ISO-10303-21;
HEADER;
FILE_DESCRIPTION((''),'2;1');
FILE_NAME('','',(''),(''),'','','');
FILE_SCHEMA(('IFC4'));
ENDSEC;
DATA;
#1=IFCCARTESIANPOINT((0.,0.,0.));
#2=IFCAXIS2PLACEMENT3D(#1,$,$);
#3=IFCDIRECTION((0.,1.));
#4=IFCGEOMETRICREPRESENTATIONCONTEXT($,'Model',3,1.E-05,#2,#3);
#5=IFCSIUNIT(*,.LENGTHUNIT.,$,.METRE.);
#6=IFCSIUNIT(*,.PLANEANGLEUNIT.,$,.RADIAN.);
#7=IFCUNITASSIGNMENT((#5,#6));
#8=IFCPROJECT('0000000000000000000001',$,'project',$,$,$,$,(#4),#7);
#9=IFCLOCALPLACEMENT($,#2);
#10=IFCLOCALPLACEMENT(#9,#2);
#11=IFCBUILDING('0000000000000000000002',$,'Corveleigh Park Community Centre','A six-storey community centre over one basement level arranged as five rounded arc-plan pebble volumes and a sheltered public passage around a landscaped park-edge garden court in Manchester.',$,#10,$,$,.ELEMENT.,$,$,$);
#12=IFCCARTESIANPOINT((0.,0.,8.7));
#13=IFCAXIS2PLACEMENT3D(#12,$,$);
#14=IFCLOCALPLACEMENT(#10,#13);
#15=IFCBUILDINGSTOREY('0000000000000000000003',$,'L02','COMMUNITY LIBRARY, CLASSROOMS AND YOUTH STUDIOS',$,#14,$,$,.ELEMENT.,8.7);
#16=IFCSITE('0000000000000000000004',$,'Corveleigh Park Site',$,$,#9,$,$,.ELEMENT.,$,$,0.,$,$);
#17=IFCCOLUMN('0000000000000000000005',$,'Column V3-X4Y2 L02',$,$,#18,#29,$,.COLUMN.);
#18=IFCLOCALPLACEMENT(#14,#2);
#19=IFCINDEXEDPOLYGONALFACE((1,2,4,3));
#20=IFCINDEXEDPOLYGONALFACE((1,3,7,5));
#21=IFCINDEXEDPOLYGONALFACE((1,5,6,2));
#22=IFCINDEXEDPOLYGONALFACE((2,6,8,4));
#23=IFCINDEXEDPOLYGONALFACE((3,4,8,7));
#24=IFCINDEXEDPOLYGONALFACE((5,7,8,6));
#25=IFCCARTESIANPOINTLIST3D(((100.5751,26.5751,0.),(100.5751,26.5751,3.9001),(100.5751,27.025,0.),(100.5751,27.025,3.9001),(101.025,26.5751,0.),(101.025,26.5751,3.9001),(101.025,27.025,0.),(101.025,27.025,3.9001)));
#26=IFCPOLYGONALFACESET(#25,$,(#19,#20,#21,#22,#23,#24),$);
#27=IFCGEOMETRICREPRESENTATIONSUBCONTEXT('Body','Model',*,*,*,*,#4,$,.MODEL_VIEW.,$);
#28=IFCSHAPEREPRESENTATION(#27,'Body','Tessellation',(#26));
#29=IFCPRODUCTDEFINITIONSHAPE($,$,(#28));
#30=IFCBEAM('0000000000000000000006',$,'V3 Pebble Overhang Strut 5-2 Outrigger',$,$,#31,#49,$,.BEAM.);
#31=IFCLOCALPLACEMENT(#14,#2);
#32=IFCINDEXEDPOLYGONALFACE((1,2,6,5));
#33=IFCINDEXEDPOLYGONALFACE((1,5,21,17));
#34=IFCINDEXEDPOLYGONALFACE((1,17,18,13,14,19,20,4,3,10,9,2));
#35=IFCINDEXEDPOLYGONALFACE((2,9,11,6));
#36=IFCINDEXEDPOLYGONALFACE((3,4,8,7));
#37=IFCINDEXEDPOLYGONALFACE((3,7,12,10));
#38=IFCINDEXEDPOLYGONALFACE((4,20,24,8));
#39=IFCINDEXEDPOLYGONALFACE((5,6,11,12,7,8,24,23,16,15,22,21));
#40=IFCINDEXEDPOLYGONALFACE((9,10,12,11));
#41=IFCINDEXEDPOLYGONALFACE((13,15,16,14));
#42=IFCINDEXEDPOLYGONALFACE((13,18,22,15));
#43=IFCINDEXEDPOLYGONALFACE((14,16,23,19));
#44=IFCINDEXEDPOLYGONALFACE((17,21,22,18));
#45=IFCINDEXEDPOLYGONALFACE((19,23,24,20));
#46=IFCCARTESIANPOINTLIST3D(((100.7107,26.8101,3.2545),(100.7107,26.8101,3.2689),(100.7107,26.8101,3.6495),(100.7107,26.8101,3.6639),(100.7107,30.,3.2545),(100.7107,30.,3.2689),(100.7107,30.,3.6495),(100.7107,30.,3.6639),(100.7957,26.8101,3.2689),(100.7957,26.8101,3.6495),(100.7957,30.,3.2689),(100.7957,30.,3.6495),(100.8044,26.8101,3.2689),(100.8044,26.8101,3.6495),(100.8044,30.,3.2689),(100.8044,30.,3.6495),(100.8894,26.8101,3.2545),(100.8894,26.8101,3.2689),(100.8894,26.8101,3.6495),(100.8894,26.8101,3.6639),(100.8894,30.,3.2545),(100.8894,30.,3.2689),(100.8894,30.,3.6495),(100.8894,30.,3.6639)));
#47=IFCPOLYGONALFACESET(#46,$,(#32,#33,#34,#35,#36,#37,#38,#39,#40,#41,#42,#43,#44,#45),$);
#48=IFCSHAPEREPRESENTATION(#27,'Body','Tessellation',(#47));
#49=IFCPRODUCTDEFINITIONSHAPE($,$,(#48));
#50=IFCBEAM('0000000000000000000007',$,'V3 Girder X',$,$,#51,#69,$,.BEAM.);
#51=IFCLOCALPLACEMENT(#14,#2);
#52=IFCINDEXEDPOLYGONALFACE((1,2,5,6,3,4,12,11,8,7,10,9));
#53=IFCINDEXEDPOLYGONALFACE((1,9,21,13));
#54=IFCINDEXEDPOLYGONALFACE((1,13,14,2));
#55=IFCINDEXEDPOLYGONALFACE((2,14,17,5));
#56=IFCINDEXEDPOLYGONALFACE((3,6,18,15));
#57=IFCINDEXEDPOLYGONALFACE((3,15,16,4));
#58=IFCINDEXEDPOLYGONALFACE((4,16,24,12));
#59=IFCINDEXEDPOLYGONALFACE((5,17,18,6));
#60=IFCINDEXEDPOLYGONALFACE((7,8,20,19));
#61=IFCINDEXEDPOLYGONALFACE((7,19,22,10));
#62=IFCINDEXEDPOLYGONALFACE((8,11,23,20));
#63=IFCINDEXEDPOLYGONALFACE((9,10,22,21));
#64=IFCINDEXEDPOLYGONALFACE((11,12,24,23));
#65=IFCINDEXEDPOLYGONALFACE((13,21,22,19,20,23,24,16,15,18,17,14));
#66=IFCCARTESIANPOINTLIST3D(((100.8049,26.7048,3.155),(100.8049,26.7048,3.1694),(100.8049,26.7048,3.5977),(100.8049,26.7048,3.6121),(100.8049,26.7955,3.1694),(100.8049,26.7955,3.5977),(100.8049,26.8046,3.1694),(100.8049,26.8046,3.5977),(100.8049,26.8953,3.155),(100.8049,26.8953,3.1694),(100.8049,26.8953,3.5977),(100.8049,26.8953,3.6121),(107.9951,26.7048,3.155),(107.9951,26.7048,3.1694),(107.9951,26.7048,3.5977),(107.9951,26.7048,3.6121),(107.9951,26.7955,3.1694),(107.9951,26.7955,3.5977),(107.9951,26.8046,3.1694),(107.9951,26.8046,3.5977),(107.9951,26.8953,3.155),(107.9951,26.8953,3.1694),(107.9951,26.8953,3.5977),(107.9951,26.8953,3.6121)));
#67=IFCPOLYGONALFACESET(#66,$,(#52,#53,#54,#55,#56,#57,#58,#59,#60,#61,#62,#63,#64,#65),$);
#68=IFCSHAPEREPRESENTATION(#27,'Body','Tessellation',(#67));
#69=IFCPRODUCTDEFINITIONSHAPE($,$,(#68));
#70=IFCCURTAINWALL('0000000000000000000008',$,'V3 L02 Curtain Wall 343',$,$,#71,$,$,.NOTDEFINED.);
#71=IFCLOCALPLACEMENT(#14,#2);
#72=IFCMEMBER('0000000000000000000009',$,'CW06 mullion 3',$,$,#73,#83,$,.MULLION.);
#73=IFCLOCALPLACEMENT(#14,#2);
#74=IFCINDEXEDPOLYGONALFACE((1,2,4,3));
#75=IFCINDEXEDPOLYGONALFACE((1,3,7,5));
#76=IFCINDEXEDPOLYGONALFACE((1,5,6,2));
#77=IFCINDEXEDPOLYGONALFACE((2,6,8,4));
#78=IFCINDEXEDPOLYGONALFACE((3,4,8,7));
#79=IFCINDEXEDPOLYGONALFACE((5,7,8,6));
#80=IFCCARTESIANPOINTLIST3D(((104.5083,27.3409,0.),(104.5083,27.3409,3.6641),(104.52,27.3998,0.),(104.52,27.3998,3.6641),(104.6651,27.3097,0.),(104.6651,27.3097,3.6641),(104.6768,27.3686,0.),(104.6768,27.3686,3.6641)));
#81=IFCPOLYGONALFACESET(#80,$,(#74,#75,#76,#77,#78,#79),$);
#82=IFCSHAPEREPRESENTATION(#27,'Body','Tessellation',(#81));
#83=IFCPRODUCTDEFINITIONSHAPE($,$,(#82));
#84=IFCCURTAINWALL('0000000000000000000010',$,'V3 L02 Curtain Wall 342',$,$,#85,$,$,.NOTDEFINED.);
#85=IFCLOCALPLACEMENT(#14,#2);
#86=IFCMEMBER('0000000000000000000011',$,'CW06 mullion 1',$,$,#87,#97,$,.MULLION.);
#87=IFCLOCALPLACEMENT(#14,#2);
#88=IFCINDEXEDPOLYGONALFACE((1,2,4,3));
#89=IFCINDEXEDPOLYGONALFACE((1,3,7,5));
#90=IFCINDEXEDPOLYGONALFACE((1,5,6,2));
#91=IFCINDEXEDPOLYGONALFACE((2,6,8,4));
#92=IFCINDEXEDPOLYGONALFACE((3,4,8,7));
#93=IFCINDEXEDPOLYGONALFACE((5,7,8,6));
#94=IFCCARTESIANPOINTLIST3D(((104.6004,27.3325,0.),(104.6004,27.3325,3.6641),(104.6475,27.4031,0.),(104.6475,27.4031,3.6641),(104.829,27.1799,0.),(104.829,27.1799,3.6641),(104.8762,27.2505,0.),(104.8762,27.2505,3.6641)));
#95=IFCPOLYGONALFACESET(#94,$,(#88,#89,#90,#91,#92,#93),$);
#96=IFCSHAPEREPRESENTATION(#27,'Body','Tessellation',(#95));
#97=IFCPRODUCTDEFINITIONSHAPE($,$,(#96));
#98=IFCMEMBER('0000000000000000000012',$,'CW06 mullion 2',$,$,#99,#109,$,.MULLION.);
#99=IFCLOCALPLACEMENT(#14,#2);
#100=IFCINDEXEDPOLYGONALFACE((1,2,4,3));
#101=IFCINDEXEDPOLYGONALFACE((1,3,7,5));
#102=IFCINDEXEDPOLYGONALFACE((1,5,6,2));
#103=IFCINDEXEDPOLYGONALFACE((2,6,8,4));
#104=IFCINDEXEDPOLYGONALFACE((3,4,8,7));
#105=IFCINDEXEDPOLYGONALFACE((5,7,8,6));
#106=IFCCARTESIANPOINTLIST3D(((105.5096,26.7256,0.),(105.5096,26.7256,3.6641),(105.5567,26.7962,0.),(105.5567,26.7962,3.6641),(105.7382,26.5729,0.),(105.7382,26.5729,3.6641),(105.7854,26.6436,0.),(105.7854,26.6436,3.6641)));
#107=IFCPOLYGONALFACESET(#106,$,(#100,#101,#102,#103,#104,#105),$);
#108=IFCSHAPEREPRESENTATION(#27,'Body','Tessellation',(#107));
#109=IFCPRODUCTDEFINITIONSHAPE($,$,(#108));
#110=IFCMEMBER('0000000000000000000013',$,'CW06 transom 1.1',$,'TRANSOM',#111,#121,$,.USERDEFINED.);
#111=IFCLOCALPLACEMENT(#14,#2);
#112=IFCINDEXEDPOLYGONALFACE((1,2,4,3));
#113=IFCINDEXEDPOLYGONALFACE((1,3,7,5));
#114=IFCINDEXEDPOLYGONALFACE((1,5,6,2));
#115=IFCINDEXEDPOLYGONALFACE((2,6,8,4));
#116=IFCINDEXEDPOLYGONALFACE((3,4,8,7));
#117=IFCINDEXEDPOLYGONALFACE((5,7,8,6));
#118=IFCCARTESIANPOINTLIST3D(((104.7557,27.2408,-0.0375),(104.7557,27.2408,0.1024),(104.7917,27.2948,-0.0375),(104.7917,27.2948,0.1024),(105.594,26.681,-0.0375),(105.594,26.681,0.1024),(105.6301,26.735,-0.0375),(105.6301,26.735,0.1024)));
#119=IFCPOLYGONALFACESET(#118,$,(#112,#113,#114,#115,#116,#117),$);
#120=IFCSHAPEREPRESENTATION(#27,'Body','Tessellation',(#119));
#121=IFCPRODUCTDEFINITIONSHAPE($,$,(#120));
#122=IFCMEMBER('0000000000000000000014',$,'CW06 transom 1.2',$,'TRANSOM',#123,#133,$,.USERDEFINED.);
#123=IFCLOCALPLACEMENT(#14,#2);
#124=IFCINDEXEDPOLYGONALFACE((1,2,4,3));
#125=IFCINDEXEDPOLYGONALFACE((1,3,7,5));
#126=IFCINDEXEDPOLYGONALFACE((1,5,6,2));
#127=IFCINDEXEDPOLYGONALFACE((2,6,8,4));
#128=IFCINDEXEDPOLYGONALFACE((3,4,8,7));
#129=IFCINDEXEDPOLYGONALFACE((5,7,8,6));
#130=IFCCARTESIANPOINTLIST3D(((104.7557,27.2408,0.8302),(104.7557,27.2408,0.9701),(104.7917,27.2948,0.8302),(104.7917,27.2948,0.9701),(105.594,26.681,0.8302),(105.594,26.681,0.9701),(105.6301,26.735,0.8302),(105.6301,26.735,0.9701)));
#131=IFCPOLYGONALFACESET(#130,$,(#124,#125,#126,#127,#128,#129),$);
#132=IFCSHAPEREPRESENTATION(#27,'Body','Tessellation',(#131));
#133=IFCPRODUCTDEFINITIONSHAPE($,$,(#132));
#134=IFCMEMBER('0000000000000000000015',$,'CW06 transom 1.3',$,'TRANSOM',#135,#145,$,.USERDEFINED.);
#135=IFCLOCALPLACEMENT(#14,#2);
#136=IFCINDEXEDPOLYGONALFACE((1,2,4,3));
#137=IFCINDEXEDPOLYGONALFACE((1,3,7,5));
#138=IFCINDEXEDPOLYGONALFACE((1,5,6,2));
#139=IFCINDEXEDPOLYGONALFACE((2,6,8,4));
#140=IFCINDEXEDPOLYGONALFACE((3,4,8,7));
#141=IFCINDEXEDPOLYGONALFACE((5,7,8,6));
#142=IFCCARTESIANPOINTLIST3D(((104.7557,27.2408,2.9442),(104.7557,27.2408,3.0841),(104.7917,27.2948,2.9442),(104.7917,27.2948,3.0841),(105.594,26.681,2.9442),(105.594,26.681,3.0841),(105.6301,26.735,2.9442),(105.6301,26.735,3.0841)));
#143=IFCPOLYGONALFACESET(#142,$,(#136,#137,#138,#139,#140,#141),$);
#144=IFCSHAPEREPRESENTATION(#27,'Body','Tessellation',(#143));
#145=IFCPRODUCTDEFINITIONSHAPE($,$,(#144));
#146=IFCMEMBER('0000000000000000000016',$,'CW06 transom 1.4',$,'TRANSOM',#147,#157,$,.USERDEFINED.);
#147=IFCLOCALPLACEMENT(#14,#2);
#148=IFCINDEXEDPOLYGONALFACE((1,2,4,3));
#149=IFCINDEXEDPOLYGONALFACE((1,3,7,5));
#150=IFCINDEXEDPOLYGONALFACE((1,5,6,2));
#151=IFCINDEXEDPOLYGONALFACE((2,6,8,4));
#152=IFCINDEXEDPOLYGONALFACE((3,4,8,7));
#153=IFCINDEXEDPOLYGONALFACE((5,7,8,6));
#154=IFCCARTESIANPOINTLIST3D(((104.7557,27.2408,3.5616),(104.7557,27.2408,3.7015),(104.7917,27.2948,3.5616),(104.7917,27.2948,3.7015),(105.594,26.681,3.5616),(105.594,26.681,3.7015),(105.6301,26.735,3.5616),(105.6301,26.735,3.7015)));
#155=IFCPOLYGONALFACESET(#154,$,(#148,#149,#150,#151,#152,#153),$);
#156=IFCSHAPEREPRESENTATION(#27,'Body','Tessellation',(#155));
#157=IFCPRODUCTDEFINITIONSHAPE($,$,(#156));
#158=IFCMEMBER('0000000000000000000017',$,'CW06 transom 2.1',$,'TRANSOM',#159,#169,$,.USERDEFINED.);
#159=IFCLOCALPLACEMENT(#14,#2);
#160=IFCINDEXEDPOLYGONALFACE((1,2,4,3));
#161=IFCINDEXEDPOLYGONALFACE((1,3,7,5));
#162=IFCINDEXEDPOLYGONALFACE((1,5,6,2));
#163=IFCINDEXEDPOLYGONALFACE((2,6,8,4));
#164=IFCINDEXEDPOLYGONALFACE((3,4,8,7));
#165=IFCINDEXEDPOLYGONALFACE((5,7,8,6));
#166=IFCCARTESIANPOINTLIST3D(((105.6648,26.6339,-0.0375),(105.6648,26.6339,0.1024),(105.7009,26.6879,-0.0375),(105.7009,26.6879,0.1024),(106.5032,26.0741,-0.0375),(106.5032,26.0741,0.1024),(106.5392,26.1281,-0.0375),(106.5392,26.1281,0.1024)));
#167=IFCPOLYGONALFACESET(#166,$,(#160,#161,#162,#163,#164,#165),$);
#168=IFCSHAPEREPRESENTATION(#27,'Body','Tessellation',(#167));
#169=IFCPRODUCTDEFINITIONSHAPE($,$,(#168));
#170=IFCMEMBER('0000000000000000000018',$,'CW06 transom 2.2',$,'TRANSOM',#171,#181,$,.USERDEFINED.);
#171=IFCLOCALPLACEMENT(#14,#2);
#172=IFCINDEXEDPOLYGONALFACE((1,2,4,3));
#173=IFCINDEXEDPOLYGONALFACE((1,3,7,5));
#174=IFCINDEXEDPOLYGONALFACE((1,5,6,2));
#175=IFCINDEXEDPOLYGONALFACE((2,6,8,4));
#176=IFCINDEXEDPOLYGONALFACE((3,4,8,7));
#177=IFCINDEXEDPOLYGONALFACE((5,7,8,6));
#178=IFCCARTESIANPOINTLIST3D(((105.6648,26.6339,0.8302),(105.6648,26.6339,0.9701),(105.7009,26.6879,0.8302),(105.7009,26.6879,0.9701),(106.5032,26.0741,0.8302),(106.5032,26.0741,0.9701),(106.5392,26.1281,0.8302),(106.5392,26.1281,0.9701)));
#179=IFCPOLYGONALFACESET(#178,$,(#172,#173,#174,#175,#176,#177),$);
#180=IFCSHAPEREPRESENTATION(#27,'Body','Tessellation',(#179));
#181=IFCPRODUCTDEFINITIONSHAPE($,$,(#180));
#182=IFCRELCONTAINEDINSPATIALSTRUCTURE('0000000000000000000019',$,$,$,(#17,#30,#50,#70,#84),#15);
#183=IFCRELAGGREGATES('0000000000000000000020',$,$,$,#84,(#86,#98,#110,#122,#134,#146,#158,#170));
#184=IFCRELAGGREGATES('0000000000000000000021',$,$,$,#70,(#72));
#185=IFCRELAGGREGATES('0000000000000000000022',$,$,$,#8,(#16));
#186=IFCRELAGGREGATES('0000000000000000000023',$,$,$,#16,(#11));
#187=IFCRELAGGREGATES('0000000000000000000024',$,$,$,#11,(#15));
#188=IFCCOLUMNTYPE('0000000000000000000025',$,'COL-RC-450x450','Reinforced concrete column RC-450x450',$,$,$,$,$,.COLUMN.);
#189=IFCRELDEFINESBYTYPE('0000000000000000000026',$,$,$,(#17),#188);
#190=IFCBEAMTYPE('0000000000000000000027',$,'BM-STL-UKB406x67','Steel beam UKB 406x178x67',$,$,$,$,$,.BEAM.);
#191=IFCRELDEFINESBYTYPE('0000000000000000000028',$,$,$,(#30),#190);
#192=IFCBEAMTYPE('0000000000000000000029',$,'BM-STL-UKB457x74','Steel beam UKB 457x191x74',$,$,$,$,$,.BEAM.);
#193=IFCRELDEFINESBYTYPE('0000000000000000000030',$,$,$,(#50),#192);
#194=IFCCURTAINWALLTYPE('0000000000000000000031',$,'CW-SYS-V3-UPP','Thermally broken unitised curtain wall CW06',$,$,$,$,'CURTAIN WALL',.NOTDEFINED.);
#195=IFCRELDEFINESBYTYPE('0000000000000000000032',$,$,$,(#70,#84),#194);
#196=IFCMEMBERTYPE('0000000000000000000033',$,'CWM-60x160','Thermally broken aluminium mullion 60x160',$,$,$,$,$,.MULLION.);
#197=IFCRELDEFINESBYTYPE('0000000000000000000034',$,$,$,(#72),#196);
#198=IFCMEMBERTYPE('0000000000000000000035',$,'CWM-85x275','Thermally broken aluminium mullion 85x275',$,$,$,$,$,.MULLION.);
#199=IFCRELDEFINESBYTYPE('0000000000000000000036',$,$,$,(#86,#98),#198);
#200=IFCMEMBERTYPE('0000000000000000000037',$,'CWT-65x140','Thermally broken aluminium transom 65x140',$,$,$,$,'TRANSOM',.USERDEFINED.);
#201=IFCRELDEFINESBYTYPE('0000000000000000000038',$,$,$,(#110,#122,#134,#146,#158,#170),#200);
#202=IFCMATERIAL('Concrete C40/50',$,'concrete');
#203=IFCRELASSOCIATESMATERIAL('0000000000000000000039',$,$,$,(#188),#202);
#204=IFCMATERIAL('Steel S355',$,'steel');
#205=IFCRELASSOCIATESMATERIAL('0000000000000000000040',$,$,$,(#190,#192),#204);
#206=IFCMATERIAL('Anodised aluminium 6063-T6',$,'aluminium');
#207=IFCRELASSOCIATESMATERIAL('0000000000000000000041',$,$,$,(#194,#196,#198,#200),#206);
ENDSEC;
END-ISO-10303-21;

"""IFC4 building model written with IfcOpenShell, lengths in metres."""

from ifc_helpers import new_model, si_unit, direction, frame, origin, origin_2d, place, context, subcontext, project, spatial, rectangle, i_section, extrude, material, material_profile, profile_set, type_object, element, aggregate, save


model = new_model("IFC4")

# Units and contexts
model_context = context("Model", 3, precision=1e-05, world=origin(), true_north=direction((0.0, 1.0)))
body_context = subcontext(model_context, "Body", "Model", "MODEL_VIEW")
ifc_project = project(units=[si_unit("LENGTHUNIT", "METRE"), si_unit("PLANEANGLEUNIT", "RADIAN")], contexts=[model_context])

# Site, building, storey
site_placement = place(None, origin())
site = spatial("IfcSite", under=ifc_project, at=site_placement, Name="Corveleigh Park Site", CompositionType="ELEMENT", RefElevation=0.0)
building_placement = place(site_placement, origin())
building = spatial("IfcBuilding", under=site, at=building_placement, Name="Corveleigh Park Community Centre", Description="A six-storey community centre over one basement level arranged as five rounded arc-plan pebble volumes and a sheltered public passage around a landscaped park-edge garden court in Manchester.", CompositionType="ELEMENT")
storey_placement = place(building_placement, frame((0.0, 0.0, 8.7)))
storey = spatial("IfcBuildingStorey", under=building, at=storey_placement, Name="L02", Description="COMMUNITY LIBRARY, CLASSROOMS AND YOUTH STUDIOS", CompositionType="ELEMENT", Elevation=8.7)

# Column
ifc_material_1 = material(Name="Concrete C40/50", Category="concrete")
ifc_material_profile_1 = material_profile(ifc_material_1, rectangle(XDim=0.45, YDim=0.45, at=origin_2d()), Name="RC-450x450", Category="concrete")
ifc_profile_set_1 = profile_set([ifc_material_profile_1], Name="Concrete C40/50")
column_type = type_object("IfcColumnType", Name="COL-RC-450x450", Description="Reinforced concrete column RC-450x450", PredefinedType="COLUMN", material=ifc_profile_set_1)
column_placement = place(storey_placement, frame((100.8, 26.8, 0.0), z_axis=(0.0, 0.0, 1.0), x_axis=(1.0, 0.0, 0.0)))
element("IfcColumn", 1, at=column_placement, inside=storey, type_object=column_type, Name="Column V3-X4Y2 L02", PredefinedType="COLUMN", context=body_context, shape_type="SweptSolid", body=[
    extrude(rectangle(XDim=0.45, YDim=0.45, at=origin_2d()), origin(), (0.0, 0.0, 1.0), 3.9001),
])

# Beams
ifc_material_2 = material(Name="Steel S355", Category="steel")
ifc_material_profile_2 = material_profile(ifc_material_2, i_section(OverallWidth=0.1787, OverallDepth=0.4094, WebThickness=0.0088, FlangeThickness=0.0144, at=origin_2d()), Name="UKB 406x178x67", Category="steel")
ifc_profile_set_2 = profile_set([ifc_material_profile_2], Name="Steel S355")
beam_type_1 = type_object("IfcBeamType", Name="BM-STL-UKB406x67", Description="Steel beam UKB 406x178x67", PredefinedType="BEAM", material=ifc_profile_set_2)
beam_1_placement = place(storey_placement, frame((100.8, 26.8101, 3.4592), z_axis=(0.0, 1.0, 0.0), x_axis=(-1.0, 0.0, 0.0)))
element("IfcBeam", 2, at=beam_1_placement, inside=storey, type_object=beam_type_1, Name="V3 Pebble Overhang Strut 5-2 Outrigger", PredefinedType="BEAM", context=body_context, shape_type="SweptSolid", body=[
    extrude(i_section(OverallWidth=0.1787, OverallDepth=0.4094, WebThickness=0.0088, FlangeThickness=0.0144, at=origin_2d()), origin(), (0.0, 0.0, 1.0), 3.1899),
])
ifc_material_profile_3 = material_profile(ifc_material_2, i_section(OverallWidth=0.1904, OverallDepth=0.457, WebThickness=0.009, FlangeThickness=0.0144, at=origin_2d()), Name="UKB 457x191x74", Category="steel")
ifc_profile_set_3 = profile_set([ifc_material_profile_3], Name="Steel S355")
beam_type_2 = type_object("IfcBeamType", Name="BM-STL-UKB457x74", Description="Steel beam UKB 457x191x74", PredefinedType="BEAM", material=ifc_profile_set_3)
beam_2_placement = place(storey_placement, frame((100.8049, 26.8, 3.3835), z_axis=(1.0, 0.0, 0.0), x_axis=(0.0, 1.0, 0.0)))
element("IfcBeam", 3, at=beam_2_placement, inside=storey, type_object=beam_type_2, Name="V3 Girder X", PredefinedType="BEAM", context=body_context, shape_type="SweptSolid", body=[
    extrude(i_section(OverallWidth=0.1904, OverallDepth=0.457, WebThickness=0.009, FlangeThickness=0.0144, at=origin_2d()), origin(), (0.0, 0.0, 1.0), 7.1902),
])

# Curtain wall, member
ifc_material_3 = material(Name="Anodised aluminium 6063-T6", Category="aluminium")
curtain_wall_type = type_object("IfcCurtainWallType", Name="CW-SYS-V3-UPP", Description="Thermally broken unitised curtain wall CW06", ElementType="CURTAIN WALL", PredefinedType="NOTDEFINED", material=ifc_material_3)
curtain_wall_1_placement = place(storey_placement, origin())
curtain_wall_1 = element("IfcCurtainWall", 4, at=curtain_wall_1_placement, inside=storey, type_object=curtain_wall_type, Name="V3 L02 Curtain Wall 343", PredefinedType="NOTDEFINED")
ifc_material_profile_4 = material_profile(ifc_material_3, rectangle(XDim=0.0601, YDim=0.1599, at=origin_2d()), Name="ALU-M60x160", Category="aluminium")
ifc_profile_set_4 = profile_set([ifc_material_profile_4], Name="Anodised aluminium 6063-T6")
member_type_1 = type_object("IfcMemberType", Name="CWM-60x160", Description="Thermally broken aluminium mullion 60x160", PredefinedType="MULLION", material=ifc_profile_set_4)
member_1_placement = place(storey_placement, frame((104.5925, 27.3547, 0.0), z_axis=(0.0, 0.0, 1.0), x_axis=(0.194947, 0.980814, 0.0)))
member_1 = element("IfcMember", 5, at=member_1_placement, type_object=member_type_1, Name="CW06 mullion 3", PredefinedType="MULLION", context=body_context, shape_type="SweptSolid", body=[
    extrude(rectangle(XDim=0.0601, YDim=0.1599, at=origin_2d()), origin(), (0.0, 0.0, 1.0), 3.6641),
])

# Curtain wall, members
curtain_wall_2_placement = place(storey_placement, origin())
curtain_wall_2 = element("IfcCurtainWall", 6, at=curtain_wall_2_placement, inside=storey, type_object=curtain_wall_type, Name="V3 L02 Curtain Wall 342", PredefinedType="NOTDEFINED")
ifc_material_profile_5 = material_profile(ifc_material_3, rectangle(XDim=0.085, YDim=0.2749, at=origin_2d()), Name="ALU-M85x275", Category="aluminium")
ifc_profile_set_5 = profile_set([ifc_material_profile_5], Name="Anodised aluminium 6063-T6")
member_type_2 = type_object("IfcMemberType", Name="CWM-85x275", Description="Thermally broken aluminium mullion 85x275", PredefinedType="MULLION", material=ifc_profile_set_5)
member_2_placement = place(storey_placement, frame((104.7383, 27.2915, 0.0), z_axis=(0.0, 0.0, 1.0), x_axis=(0.555208, 0.831711, 0.0)))
member_2 = element("IfcMember", 7, at=member_2_placement, type_object=member_type_2, Name="CW06 mullion 1", PredefinedType="MULLION", context=body_context, shape_type="SweptSolid", body=[
    extrude(rectangle(XDim=0.085, YDim=0.2749, at=origin_2d()), origin(), (0.0, 0.0, 1.0), 3.6641),
])
member_3_placement = place(storey_placement, frame((105.6475, 26.6846, 0.0), z_axis=(0.0, 0.0, 1.0), x_axis=(0.555208, 0.831711, 0.0)))
member_3 = element("IfcMember", 8, at=member_3_placement, type_object=member_type_2, Name="CW06 mullion 2", PredefinedType="MULLION", context=body_context, shape_type="SweptSolid", body=[
    extrude(rectangle(XDim=0.085, YDim=0.2749, at=origin_2d()), origin(), (0.0, 0.0, 1.0), 3.6641),
])
ifc_material_profile_6 = material_profile(ifc_material_3, rectangle(XDim=0.0649, YDim=0.1399, at=origin_2d()), Name="ALU-T65x140", Category="aluminium")
ifc_profile_set_6 = profile_set([ifc_material_profile_6], Name="Anodised aluminium 6063-T6")
member_type_3 = type_object("IfcMemberType", Name="CWT-65x140", Description="Thermally broken aluminium transom 65x140", ElementType="TRANSOM", PredefinedType="USERDEFINED", material=ifc_profile_set_6)
member_4_placement = place(storey_placement, frame((104.7737, 27.2678, 0.0325), z_axis=(0.83164, -0.555315, 0.0), x_axis=(0.555315, 0.83164, 0.0)))
member_4 = element("IfcMember", 9, at=member_4_placement, type_object=member_type_3, Name="CW06 transom 1.1", ObjectType="TRANSOM", PredefinedType="USERDEFINED", context=body_context, shape_type="SweptSolid", body=[
    extrude(rectangle(XDim=0.0649, YDim=0.1399, at=origin_2d()), origin(), (0.0, 0.0, 1.0), 1.0081),
])
member_5_placement = place(storey_placement, frame((104.7737, 27.2678, 0.9001), z_axis=(0.83164, -0.555315, 0.0), x_axis=(0.555315, 0.83164, 0.0)))
member_5 = element("IfcMember", 10, at=member_5_placement, type_object=member_type_3, Name="CW06 transom 1.2", ObjectType="TRANSOM", PredefinedType="USERDEFINED", context=body_context, shape_type="SweptSolid", body=[
    extrude(rectangle(XDim=0.0649, YDim=0.1399, at=origin_2d()), origin(), (0.0, 0.0, 1.0), 1.0081),
])
member_6_placement = place(storey_placement, frame((104.7737, 27.2678, 3.0142), z_axis=(0.83164, -0.555315, 0.0), x_axis=(0.555315, 0.83164, 0.0)))
member_6 = element("IfcMember", 11, at=member_6_placement, type_object=member_type_3, Name="CW06 transom 1.3", ObjectType="TRANSOM", PredefinedType="USERDEFINED", context=body_context, shape_type="SweptSolid", body=[
    extrude(rectangle(XDim=0.0649, YDim=0.1399, at=origin_2d()), origin(), (0.0, 0.0, 1.0), 1.0081),
])
member_7_placement = place(storey_placement, frame((104.7737, 27.2678, 3.6316), z_axis=(0.83164, -0.555315, 0.0), x_axis=(0.555315, 0.83164, 0.0)))
member_7 = element("IfcMember", 12, at=member_7_placement, type_object=member_type_3, Name="CW06 transom 1.4", ObjectType="TRANSOM", PredefinedType="USERDEFINED", context=body_context, shape_type="SweptSolid", body=[
    extrude(rectangle(XDim=0.0649, YDim=0.1399, at=origin_2d()), origin(), (0.0, 0.0, 1.0), 1.0081),
])
member_8_placement = place(storey_placement, frame((105.6829, 26.6609, 0.0325), z_axis=(0.83164, -0.555315, 0.0), x_axis=(0.555315, 0.83164, 0.0)))
member_8 = element("IfcMember", 13, at=member_8_placement, type_object=member_type_3, Name="CW06 transom 2.1", ObjectType="TRANSOM", PredefinedType="USERDEFINED", context=body_context, shape_type="SweptSolid", body=[
    extrude(rectangle(XDim=0.0649, YDim=0.1399, at=origin_2d()), origin(), (0.0, 0.0, 1.0), 1.0081),
])
member_9_placement = place(storey_placement, frame((105.6829, 26.6609, 0.9001), z_axis=(0.83164, -0.555315, 0.0), x_axis=(0.555315, 0.83164, 0.0)))
member_9 = element("IfcMember", 14, at=member_9_placement, type_object=member_type_3, Name="CW06 transom 2.2", ObjectType="TRANSOM", PredefinedType="USERDEFINED", context=body_context, shape_type="SweptSolid", body=[
    extrude(rectangle(XDim=0.0649, YDim=0.1399, at=origin_2d()), origin(), (0.0, 0.0, 1.0), 1.0081),
])

aggregate(curtain_wall_2, [member_2, member_3, member_4, member_5, member_6, member_7, member_8, member_9])
aggregate(curtain_wall_1, [member_1])

save(model, "model.ifc")
